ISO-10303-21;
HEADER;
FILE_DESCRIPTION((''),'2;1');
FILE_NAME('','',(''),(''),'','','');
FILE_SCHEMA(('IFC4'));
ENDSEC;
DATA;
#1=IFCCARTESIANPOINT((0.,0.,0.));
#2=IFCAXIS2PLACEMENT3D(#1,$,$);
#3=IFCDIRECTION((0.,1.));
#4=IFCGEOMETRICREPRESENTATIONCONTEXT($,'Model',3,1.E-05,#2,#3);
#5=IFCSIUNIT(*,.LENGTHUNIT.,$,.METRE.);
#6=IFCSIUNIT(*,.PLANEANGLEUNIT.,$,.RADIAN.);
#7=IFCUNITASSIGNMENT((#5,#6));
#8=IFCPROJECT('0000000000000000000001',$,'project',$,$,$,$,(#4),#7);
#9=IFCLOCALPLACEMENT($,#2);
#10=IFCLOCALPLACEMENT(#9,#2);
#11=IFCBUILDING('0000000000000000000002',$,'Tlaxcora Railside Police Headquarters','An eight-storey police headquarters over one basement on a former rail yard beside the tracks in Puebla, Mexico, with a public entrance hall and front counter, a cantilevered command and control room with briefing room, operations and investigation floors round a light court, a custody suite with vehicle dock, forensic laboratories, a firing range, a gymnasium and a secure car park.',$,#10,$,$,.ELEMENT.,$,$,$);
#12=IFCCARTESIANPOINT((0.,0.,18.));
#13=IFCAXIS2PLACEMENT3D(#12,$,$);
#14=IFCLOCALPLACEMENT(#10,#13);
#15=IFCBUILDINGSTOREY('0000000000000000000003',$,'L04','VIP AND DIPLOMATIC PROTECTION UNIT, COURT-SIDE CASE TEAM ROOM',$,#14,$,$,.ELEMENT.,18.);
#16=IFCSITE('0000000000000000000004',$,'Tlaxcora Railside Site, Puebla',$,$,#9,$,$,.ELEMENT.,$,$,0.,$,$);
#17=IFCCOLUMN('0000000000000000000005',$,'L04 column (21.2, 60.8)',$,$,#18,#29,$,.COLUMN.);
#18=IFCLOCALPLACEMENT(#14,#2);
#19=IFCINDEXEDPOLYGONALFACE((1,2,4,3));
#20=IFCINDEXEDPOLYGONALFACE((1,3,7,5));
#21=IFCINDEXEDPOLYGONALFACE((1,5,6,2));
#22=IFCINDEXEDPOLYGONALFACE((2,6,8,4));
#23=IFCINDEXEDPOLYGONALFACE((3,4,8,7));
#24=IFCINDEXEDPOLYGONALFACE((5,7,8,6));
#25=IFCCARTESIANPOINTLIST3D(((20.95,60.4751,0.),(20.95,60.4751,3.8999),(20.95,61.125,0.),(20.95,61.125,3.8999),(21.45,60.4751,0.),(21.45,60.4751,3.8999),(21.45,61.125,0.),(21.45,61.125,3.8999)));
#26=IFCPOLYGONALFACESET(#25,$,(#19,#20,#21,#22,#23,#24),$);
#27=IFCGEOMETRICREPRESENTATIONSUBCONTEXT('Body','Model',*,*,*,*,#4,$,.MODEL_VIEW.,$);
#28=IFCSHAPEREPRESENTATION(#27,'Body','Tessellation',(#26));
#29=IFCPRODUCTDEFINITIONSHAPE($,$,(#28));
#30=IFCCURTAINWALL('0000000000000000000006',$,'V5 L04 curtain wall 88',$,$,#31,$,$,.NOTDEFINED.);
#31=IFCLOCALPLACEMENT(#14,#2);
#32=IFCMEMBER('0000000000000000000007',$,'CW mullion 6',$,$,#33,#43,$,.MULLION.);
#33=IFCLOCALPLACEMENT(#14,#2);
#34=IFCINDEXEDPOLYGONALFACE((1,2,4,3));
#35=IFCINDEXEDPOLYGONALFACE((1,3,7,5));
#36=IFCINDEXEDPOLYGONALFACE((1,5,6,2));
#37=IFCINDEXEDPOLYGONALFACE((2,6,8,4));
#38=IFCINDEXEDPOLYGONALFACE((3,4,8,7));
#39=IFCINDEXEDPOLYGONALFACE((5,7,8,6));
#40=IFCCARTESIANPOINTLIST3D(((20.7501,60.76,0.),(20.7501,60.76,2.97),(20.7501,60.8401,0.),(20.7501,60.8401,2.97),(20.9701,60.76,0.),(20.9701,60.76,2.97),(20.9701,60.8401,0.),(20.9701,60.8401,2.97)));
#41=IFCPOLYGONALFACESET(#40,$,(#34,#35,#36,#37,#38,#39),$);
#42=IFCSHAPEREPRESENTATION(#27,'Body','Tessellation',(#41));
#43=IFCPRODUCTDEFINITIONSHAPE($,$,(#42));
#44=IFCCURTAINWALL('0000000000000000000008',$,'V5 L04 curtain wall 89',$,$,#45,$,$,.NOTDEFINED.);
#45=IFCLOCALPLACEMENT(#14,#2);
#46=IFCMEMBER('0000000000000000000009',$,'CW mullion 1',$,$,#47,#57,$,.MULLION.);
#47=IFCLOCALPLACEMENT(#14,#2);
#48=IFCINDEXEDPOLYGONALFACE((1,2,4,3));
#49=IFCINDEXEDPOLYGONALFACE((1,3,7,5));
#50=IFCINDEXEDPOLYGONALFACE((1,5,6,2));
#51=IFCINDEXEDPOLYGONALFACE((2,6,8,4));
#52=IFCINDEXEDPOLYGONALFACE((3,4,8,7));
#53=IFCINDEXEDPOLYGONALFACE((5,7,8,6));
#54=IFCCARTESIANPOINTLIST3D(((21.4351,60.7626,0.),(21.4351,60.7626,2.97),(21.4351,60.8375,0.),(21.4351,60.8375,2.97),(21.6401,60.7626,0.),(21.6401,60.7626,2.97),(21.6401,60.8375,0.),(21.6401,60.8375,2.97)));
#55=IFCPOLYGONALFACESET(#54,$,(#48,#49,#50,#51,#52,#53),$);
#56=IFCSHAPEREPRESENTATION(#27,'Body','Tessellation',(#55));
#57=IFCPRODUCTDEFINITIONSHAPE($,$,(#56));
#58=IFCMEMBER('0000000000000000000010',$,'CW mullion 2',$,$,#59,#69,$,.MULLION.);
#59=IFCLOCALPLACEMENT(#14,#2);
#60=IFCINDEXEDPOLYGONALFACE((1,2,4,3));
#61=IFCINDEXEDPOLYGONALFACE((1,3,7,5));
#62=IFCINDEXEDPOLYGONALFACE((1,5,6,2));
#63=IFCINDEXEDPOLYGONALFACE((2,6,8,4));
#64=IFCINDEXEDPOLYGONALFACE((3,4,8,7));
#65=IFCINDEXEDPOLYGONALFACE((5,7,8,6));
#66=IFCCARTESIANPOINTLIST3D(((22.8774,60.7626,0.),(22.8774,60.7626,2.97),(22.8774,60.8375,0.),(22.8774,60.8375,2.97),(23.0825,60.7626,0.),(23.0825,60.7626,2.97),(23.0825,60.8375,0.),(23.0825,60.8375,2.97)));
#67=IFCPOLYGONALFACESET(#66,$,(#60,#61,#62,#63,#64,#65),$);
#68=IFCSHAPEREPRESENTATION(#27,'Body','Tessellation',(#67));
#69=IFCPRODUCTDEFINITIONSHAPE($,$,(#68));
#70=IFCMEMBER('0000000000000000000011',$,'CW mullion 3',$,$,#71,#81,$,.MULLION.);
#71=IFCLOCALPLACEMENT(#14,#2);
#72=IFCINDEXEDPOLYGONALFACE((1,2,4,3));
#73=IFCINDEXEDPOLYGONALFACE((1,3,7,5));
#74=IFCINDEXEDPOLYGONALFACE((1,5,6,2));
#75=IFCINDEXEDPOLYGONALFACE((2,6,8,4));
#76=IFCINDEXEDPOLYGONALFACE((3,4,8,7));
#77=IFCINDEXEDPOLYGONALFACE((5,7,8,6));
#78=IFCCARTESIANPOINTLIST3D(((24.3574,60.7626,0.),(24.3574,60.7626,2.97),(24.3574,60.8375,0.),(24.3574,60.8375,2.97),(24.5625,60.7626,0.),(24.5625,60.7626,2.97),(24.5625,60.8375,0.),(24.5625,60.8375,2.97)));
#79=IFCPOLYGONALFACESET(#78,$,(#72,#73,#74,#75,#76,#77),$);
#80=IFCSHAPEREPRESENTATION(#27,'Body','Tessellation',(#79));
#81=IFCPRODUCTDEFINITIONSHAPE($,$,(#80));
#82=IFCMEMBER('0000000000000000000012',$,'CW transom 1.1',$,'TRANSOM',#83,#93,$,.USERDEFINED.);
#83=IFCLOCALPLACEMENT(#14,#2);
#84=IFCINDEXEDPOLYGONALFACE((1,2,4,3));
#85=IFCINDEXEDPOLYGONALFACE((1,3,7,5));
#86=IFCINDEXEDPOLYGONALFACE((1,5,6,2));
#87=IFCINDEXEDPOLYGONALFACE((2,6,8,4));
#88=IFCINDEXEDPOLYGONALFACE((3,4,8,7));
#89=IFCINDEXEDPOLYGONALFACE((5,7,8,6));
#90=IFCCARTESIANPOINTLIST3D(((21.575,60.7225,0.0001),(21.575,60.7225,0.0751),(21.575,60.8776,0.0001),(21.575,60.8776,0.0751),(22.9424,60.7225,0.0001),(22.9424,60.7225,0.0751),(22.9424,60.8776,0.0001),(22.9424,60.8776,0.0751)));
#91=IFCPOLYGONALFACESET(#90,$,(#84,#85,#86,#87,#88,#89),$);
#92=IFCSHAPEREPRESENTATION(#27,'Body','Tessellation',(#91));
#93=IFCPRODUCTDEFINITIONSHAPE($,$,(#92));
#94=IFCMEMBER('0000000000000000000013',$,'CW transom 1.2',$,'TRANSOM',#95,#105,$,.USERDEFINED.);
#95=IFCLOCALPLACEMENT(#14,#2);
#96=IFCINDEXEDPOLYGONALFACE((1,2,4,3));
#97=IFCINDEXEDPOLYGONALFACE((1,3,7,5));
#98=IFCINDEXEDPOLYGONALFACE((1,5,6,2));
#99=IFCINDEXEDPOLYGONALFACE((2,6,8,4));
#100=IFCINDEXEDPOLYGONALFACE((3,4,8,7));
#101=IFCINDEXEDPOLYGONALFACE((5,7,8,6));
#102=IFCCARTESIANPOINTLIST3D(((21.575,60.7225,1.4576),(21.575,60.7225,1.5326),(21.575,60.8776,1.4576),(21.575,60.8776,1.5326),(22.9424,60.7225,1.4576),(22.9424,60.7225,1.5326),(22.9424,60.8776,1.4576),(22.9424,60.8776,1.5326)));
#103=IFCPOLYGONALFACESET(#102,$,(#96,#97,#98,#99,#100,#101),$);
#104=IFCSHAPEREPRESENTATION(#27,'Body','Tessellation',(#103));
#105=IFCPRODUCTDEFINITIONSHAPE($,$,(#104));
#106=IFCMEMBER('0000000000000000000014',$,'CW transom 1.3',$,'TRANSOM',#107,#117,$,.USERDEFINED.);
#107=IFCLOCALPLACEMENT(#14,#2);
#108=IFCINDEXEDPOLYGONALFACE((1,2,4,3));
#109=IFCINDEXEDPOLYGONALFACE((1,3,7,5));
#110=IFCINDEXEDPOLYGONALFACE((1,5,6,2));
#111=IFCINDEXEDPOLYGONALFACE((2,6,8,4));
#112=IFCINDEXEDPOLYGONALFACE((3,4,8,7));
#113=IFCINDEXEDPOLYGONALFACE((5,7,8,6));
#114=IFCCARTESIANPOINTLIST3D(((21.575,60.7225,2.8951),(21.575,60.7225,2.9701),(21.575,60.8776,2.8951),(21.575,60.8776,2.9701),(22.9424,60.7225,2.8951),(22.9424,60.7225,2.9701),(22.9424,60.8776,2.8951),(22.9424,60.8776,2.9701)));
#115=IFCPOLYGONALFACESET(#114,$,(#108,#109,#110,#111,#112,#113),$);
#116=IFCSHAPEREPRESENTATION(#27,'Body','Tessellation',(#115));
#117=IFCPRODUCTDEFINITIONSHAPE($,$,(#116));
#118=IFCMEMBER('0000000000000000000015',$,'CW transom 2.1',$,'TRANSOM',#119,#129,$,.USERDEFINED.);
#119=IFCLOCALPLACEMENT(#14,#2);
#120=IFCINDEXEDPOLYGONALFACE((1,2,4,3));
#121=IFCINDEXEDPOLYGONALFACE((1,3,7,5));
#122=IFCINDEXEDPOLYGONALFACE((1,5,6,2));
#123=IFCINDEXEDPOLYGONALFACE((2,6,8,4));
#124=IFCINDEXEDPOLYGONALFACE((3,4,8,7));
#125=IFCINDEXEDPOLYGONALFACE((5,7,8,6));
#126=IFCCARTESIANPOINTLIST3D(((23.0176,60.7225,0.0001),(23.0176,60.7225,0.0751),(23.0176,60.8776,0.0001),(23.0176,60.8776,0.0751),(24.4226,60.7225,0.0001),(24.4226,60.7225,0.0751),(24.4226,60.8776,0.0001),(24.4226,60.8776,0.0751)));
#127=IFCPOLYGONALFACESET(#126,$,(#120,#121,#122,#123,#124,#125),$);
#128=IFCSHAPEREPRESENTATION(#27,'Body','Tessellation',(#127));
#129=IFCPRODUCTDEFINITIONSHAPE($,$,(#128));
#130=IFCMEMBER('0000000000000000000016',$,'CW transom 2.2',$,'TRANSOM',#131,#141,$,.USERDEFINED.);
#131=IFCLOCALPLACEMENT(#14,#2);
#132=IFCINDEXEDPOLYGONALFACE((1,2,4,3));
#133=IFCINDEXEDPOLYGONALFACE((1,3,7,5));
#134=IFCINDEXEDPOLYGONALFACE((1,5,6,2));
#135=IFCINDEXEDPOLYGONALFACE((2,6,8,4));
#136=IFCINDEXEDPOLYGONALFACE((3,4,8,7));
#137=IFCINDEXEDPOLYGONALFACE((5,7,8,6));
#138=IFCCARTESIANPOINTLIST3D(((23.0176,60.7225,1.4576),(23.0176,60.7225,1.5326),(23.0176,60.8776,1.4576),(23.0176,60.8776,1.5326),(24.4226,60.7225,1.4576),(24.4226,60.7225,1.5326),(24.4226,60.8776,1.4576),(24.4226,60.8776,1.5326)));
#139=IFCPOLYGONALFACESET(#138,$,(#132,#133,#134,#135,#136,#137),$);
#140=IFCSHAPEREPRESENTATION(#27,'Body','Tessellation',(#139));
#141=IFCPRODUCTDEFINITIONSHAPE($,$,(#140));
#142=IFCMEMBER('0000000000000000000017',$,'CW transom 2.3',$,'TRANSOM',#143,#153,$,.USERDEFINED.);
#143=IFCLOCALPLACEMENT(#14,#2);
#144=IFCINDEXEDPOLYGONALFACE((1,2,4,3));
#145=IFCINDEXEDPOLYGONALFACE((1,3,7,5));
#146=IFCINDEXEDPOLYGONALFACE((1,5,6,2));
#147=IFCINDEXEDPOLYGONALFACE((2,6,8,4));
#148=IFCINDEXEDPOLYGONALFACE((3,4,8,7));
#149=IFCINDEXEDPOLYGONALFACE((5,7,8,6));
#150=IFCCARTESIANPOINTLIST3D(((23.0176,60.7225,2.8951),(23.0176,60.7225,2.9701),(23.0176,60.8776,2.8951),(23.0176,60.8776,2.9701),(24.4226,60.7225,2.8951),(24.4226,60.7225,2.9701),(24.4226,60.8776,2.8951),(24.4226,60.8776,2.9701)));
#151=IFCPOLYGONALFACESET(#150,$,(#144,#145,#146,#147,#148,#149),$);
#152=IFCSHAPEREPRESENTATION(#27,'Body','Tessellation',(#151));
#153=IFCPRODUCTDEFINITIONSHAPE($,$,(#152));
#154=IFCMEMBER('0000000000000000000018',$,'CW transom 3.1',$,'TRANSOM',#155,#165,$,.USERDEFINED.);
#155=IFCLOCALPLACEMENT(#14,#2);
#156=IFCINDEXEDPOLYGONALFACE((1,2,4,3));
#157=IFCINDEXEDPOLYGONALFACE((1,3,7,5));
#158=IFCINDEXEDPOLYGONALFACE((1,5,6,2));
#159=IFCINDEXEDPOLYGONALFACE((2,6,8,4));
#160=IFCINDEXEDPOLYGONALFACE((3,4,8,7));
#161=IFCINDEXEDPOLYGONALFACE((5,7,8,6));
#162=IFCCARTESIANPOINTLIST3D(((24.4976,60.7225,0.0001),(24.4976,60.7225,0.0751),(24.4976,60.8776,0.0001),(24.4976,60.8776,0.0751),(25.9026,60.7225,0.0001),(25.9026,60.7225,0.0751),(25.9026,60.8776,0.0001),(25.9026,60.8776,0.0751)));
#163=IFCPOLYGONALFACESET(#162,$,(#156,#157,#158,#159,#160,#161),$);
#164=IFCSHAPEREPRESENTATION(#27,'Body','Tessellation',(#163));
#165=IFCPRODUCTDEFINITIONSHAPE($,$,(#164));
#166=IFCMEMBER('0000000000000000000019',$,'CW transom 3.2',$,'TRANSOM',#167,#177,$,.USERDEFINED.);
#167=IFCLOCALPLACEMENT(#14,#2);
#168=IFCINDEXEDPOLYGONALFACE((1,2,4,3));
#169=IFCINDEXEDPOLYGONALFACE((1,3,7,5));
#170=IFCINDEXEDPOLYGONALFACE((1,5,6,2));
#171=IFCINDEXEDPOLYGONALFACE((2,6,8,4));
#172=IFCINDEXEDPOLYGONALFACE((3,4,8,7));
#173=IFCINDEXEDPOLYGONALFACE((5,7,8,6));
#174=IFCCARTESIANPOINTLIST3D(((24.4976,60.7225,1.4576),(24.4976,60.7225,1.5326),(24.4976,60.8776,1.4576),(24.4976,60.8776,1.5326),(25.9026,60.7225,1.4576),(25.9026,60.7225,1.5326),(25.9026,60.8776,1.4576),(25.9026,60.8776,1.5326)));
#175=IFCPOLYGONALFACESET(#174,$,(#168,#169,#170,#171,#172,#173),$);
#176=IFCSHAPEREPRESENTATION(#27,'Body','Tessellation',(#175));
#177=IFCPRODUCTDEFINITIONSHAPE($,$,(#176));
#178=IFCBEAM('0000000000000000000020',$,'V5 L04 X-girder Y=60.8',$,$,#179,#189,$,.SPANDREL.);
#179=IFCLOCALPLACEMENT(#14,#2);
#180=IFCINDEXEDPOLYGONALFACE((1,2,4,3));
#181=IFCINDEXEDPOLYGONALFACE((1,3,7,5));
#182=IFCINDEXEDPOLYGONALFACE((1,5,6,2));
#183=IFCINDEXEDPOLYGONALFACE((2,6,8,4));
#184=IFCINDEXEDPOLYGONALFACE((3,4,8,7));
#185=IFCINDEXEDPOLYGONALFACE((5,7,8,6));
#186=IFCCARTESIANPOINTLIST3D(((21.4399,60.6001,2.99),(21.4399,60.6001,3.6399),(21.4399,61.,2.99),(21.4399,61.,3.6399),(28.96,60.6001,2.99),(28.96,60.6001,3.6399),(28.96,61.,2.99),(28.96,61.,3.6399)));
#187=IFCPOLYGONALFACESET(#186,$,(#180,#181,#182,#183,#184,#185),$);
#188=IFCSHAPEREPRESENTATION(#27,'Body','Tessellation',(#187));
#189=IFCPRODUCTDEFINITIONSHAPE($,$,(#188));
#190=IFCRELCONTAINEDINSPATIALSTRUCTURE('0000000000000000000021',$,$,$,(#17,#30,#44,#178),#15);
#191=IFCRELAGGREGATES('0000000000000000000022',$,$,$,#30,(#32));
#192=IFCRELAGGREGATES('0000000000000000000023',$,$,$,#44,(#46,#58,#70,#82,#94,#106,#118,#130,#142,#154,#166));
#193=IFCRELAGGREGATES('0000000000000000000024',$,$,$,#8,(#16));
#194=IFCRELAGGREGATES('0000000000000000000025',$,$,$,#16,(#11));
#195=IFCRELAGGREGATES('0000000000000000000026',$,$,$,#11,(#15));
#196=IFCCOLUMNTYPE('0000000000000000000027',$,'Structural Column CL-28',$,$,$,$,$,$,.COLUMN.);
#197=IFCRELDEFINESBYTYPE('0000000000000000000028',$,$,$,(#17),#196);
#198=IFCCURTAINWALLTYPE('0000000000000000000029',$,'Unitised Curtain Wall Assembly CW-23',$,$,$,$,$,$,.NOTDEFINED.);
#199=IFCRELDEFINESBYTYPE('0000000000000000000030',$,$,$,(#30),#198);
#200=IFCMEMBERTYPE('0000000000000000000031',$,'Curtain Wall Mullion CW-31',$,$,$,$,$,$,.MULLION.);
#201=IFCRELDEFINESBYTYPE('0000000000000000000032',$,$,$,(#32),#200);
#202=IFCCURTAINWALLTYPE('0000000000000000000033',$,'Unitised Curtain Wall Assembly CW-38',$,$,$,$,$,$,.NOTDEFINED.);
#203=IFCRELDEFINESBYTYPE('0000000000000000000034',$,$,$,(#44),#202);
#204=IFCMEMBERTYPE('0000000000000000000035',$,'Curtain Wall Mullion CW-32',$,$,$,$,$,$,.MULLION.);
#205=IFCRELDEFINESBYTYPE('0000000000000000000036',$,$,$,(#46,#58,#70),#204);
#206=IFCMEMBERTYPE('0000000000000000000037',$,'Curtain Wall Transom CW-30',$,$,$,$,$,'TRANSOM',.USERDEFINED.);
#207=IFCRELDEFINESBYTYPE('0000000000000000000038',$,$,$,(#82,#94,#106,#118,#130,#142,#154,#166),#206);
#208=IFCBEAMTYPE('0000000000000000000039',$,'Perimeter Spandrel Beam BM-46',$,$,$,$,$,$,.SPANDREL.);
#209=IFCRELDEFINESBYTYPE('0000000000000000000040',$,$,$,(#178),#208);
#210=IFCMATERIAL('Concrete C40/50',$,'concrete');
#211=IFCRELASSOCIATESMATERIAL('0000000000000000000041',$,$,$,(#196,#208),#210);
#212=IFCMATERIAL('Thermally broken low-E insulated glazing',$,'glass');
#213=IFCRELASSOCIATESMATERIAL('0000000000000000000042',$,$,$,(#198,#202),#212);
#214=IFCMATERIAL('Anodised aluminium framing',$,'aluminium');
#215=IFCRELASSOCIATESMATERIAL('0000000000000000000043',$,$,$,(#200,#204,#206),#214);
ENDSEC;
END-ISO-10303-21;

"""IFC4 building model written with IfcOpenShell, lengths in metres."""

from ifc_helpers import new_model, si_unit, direction, frame, origin, origin_2d, place, context, subcontext, project, spatial, rectangle, extrude, material, material_profile, profile_set, type_object, element, aggregate, save


model = new_model("IFC4")

# Units and contexts
model_context = context("Model", 3, precision=1e-05, world=origin(), true_north=direction((0.0, 1.0)))
body_context = subcontext(model_context, "Body", "Model", "MODEL_VIEW")
ifc_project = project(units=[si_unit("LENGTHUNIT", "METRE"), si_unit("PLANEANGLEUNIT", "RADIAN")], contexts=[model_context])

# Site, building, storey
site_placement = place(None, origin())
site = spatial("IfcSite", under=ifc_project, at=site_placement, Name="Tlaxcora Railside Site, Puebla", CompositionType="ELEMENT", RefElevation=0.0)
building_placement = place(site_placement, origin())
building = spatial("IfcBuilding", under=site, at=building_placement, Name="Tlaxcora Railside Police Headquarters", Description="An eight-storey police headquarters over one basement on a former rail yard beside the tracks in Puebla, Mexico, with a public entrance hall and front counter, a cantilevered command and control room with briefing room, operations and investigation floors round a light court, a custody suite with vehicle dock, forensic laboratories, a firing range, a gymnasium and a secure car park.", CompositionType="ELEMENT")
storey_placement = place(building_placement, frame((0.0, 0.0, 18.0)))
storey = spatial("IfcBuildingStorey", under=building, at=storey_placement, Name="L04", Description="VIP AND DIPLOMATIC PROTECTION UNIT, COURT-SIDE CASE TEAM ROOM", CompositionType="ELEMENT", Elevation=18.0)

# Column
ifc_material_1 = material(Name="Concrete C40/50", Category="concrete")
ifc_material_profile_1 = material_profile(ifc_material_1, rectangle(XDim=0.5, YDim=0.6499, at=origin_2d()), Name="RC500X650")
ifc_profile_set_1 = profile_set([ifc_material_profile_1], Name="Concrete C40/50")
column_type = type_object("IfcColumnType", Name="Structural Column CL-28", PredefinedType="COLUMN", material=ifc_profile_set_1)
column_placement = place(storey_placement, frame((21.2, 60.8, 0.0), z_axis=(0.0, 0.0, 1.0), x_axis=(1.0, 0.0, 0.0)))
element("IfcColumn", 1, at=column_placement, inside=storey, type_object=column_type, Name="L04 column (21.2, 60.8)", PredefinedType="COLUMN", context=body_context, shape_type="SweptSolid", body=[
    extrude(rectangle(XDim=0.5, YDim=0.6499, at=origin_2d()), origin(), (0.0, 0.0, 1.0), 3.8999),
])

# Curtain wall, member
ifc_material_2 = material(Name="Thermally broken low-E insulated glazing", Category="glass")
curtain_wall_type_1 = type_object("IfcCurtainWallType", Name="Unitised Curtain Wall Assembly CW-23", PredefinedType="NOTDEFINED", material=ifc_material_2)
curtain_wall_1_placement = place(storey_placement, origin())
curtain_wall_1 = element("IfcCurtainWall", 2, at=curtain_wall_1_placement, inside=storey, type_object=curtain_wall_type_1, Name="V5 L04 curtain wall 88", PredefinedType="NOTDEFINED")
ifc_material_3 = material(Name="Anodised aluminium framing", Category="aluminium")
ifc_material_profile_2 = material_profile(ifc_material_3, rectangle(XDim=0.0801, YDim=0.22, at=origin_2d()), Name="AL80X220")
ifc_profile_set_2 = profile_set([ifc_material_profile_2], Name="Anodised aluminium framing")
member_type_1 = type_object("IfcMemberType", Name="Curtain Wall Mullion CW-31", PredefinedType="MULLION", material=ifc_profile_set_2)
member_1_placement = place(storey_placement, frame((20.8601, 60.8, 0.0), z_axis=(0.0, 0.0, 1.0), x_axis=(0.0, 1.0, 0.0)))
member_1 = element("IfcMember", 3, at=member_1_placement, type_object=member_type_1, Name="CW mullion 6", PredefinedType="MULLION", context=body_context, shape_type="SweptSolid", body=[
    extrude(rectangle(XDim=0.0801, YDim=0.22, at=origin_2d()), origin(), (0.0, 0.0, 1.0), 2.97),
])
aggregate(curtain_wall_1, [member_1])

# Curtain wall, members
curtain_wall_type_2 = type_object("IfcCurtainWallType", Name="Unitised Curtain Wall Assembly CW-38", PredefinedType="NOTDEFINED", material=ifc_material_2)
curtain_wall_2_placement = place(storey_placement, origin())
curtain_wall_2 = element("IfcCurtainWall", 4, at=curtain_wall_2_placement, inside=storey, type_object=curtain_wall_type_2, Name="V5 L04 curtain wall 89", PredefinedType="NOTDEFINED")
ifc_material_profile_3 = material_profile(ifc_material_3, rectangle(XDim=0.075, YDim=0.2051, at=origin_2d()), Name="AL75X205")
ifc_profile_set_3 = profile_set([ifc_material_profile_3], Name="Anodised aluminium framing")
member_type_2 = type_object("IfcMemberType", Name="Curtain Wall Mullion CW-32", PredefinedType="MULLION", material=ifc_profile_set_3)
member_2_placement = place(storey_placement, frame((21.5376, 60.8, 0.0), z_axis=(0.0, 0.0, 1.0), x_axis=(0.0, 1.0, 0.0)))
member_2 = element("IfcMember", 5, at=member_2_placement, type_object=member_type_2, Name="CW mullion 1", PredefinedType="MULLION", context=body_context, shape_type="SweptSolid", body=[
    extrude(rectangle(XDim=0.075, YDim=0.2051, at=origin_2d()), origin(), (0.0, 0.0, 1.0), 2.97),
])
member_3_placement = place(storey_placement, frame((22.98, 60.8, 0.0), z_axis=(0.0, 0.0, 1.0), x_axis=(0.0, 1.0, 0.0)))
member_3 = element("IfcMember", 6, at=member_3_placement, type_object=member_type_2, Name="CW mullion 2", PredefinedType="MULLION", context=body_context, shape_type="SweptSolid", body=[
    extrude(rectangle(XDim=0.075, YDim=0.2051, at=origin_2d()), origin(), (0.0, 0.0, 1.0), 2.97),
])
member_4_placement = place(storey_placement, frame((24.46, 60.8, 0.0), z_axis=(0.0, 0.0, 1.0), x_axis=(0.0, 1.0, 0.0)))
member_4 = element("IfcMember", 7, at=member_4_placement, type_object=member_type_2, Name="CW mullion 3", PredefinedType="MULLION", context=body_context, shape_type="SweptSolid", body=[
    extrude(rectangle(XDim=0.075, YDim=0.2051, at=origin_2d()), origin(), (0.0, 0.0, 1.0), 2.97),
])
ifc_material_profile_4 = material_profile(ifc_material_3, rectangle(XDim=0.155, YDim=0.075, at=origin_2d()), Name="AL75X155")
ifc_profile_set_4 = profile_set([ifc_material_profile_4], Name="Anodised aluminium framing")
member_type_3 = type_object("IfcMemberType", Name="Curtain Wall Transom CW-30", ElementType="TRANSOM", PredefinedType="USERDEFINED", material=ifc_profile_set_4)
member_5_placement = place(storey_placement, frame((21.575, 60.8, 0.0376), z_axis=(1.0, 0.0, 0.0), x_axis=(0.0, 1.0, 0.0)))
member_5 = element("IfcMember", 8, at=member_5_placement, type_object=member_type_3, Name="CW transom 1.1", ObjectType="TRANSOM", PredefinedType="USERDEFINED", context=body_context, shape_type="SweptSolid", body=[
    extrude(rectangle(XDim=0.155, YDim=0.075, at=origin_2d()), origin(), (0.0, 0.0, 1.0), 1.3674),
])
member_6_placement = place(storey_placement, frame((21.575, 60.8, 1.4951), z_axis=(1.0, 0.0, 0.0), x_axis=(0.0, 1.0, 0.0)))
member_6 = element("IfcMember", 9, at=member_6_placement, type_object=member_type_3, Name="CW transom 1.2", ObjectType="TRANSOM", PredefinedType="USERDEFINED", context=body_context, shape_type="SweptSolid", body=[
    extrude(rectangle(XDim=0.155, YDim=0.075, at=origin_2d()), origin(), (0.0, 0.0, 1.0), 1.3674),
])
member_7_placement = place(storey_placement, frame((21.575, 60.8, 2.9326), z_axis=(1.0, 0.0, 0.0), x_axis=(0.0, 1.0, 0.0)))
member_7 = element("IfcMember", 10, at=member_7_placement, type_object=member_type_3, Name="CW transom 1.3", ObjectType="TRANSOM", PredefinedType="USERDEFINED", context=body_context, shape_type="SweptSolid", body=[
    extrude(rectangle(XDim=0.155, YDim=0.075, at=origin_2d()), origin(), (0.0, 0.0, 1.0), 1.3674),
])
member_8_placement = place(storey_placement, frame((23.0176, 60.8, 0.0376), z_axis=(1.0, 0.0, 0.0), x_axis=(0.0, 1.0, 0.0)))
member_8 = element("IfcMember", 11, at=member_8_placement, type_object=member_type_3, Name="CW transom 2.1", ObjectType="TRANSOM", PredefinedType="USERDEFINED", context=body_context, shape_type="SweptSolid", body=[
    extrude(rectangle(XDim=0.155, YDim=0.075, at=origin_2d()), origin(), (0.0, 0.0, 1.0), 1.405),
])
member_9_placement = place(storey_placement, frame((23.0176, 60.8, 1.4951), z_axis=(1.0, 0.0, 0.0), x_axis=(0.0, 1.0, 0.0)))
member_9 = element("IfcMember", 12, at=member_9_placement, type_object=member_type_3, Name="CW transom 2.2", ObjectType="TRANSOM", PredefinedType="USERDEFINED", context=body_context, shape_type="SweptSolid", body=[
    extrude(rectangle(XDim=0.155, YDim=0.075, at=origin_2d()), origin(), (0.0, 0.0, 1.0), 1.405),
])
member_10_placement = place(storey_placement, frame((23.0176, 60.8, 2.9326), z_axis=(1.0, 0.0, 0.0), x_axis=(0.0, 1.0, 0.0)))
member_10 = element("IfcMember", 13, at=member_10_placement, type_object=member_type_3, Name="CW transom 2.3", ObjectType="TRANSOM", PredefinedType="USERDEFINED", context=body_context, shape_type="SweptSolid", body=[
    extrude(rectangle(XDim=0.155, YDim=0.075, at=origin_2d()), origin(), (0.0, 0.0, 1.0), 1.405),
])
member_11_placement = place(storey_placement, frame((24.4976, 60.8, 0.0376), z_axis=(1.0, 0.0, 0.0), x_axis=(0.0, 1.0, 0.0)))
member_11 = element("IfcMember", 14, at=member_11_placement, type_object=member_type_3, Name="CW transom 3.1", ObjectType="TRANSOM", PredefinedType="USERDEFINED", context=body_context, shape_type="SweptSolid", body=[
    extrude(rectangle(XDim=0.155, YDim=0.075, at=origin_2d()), origin(), (0.0, 0.0, 1.0), 1.405),
])
member_12_placement = place(storey_placement, frame((24.4976, 60.8, 1.4951), z_axis=(1.0, 0.0, 0.0), x_axis=(0.0, 1.0, 0.0)))
member_12 = element("IfcMember", 15, at=member_12_placement, type_object=member_type_3, Name="CW transom 3.2", ObjectType="TRANSOM", PredefinedType="USERDEFINED", context=body_context, shape_type="SweptSolid", body=[
    extrude(rectangle(XDim=0.155, YDim=0.075, at=origin_2d()), origin(), (0.0, 0.0, 1.0), 1.405),
])

# Beam
ifc_material_profile_5 = material_profile(ifc_material_1, rectangle(XDim=0.3999, YDim=0.6499, at=origin_2d()), Name="RC400X650")
ifc_profile_set_5 = profile_set([ifc_material_profile_5], Name="Concrete C40/50")
beam_type_1 = type_object("IfcBeamType", Name="Perimeter Spandrel Beam BM-46", PredefinedType="SPANDREL", material=ifc_profile_set_5)
beam_1_placement = place(storey_placement, frame((21.4399, 60.8, 3.3149), z_axis=(1.0, 0.0, 0.0), x_axis=(0.0, 1.0, 0.0)))
element("IfcBeam", 16, at=beam_1_placement, inside=storey, type_object=beam_type_1, Name="V5 L04 X-girder Y=60.8", PredefinedType="SPANDREL", context=body_context, shape_type="SweptSolid", body=[
    extrude(rectangle(XDim=0.3999, YDim=0.6499, at=origin_2d()), origin(), (0.0, 0.0, 1.0), 7.52),
])

aggregate(curtain_wall_2, [member_2, member_3, member_4, member_5, member_6, member_7, member_8, member_9, member_10, member_11, member_12])

save(model, "model.ifc")
